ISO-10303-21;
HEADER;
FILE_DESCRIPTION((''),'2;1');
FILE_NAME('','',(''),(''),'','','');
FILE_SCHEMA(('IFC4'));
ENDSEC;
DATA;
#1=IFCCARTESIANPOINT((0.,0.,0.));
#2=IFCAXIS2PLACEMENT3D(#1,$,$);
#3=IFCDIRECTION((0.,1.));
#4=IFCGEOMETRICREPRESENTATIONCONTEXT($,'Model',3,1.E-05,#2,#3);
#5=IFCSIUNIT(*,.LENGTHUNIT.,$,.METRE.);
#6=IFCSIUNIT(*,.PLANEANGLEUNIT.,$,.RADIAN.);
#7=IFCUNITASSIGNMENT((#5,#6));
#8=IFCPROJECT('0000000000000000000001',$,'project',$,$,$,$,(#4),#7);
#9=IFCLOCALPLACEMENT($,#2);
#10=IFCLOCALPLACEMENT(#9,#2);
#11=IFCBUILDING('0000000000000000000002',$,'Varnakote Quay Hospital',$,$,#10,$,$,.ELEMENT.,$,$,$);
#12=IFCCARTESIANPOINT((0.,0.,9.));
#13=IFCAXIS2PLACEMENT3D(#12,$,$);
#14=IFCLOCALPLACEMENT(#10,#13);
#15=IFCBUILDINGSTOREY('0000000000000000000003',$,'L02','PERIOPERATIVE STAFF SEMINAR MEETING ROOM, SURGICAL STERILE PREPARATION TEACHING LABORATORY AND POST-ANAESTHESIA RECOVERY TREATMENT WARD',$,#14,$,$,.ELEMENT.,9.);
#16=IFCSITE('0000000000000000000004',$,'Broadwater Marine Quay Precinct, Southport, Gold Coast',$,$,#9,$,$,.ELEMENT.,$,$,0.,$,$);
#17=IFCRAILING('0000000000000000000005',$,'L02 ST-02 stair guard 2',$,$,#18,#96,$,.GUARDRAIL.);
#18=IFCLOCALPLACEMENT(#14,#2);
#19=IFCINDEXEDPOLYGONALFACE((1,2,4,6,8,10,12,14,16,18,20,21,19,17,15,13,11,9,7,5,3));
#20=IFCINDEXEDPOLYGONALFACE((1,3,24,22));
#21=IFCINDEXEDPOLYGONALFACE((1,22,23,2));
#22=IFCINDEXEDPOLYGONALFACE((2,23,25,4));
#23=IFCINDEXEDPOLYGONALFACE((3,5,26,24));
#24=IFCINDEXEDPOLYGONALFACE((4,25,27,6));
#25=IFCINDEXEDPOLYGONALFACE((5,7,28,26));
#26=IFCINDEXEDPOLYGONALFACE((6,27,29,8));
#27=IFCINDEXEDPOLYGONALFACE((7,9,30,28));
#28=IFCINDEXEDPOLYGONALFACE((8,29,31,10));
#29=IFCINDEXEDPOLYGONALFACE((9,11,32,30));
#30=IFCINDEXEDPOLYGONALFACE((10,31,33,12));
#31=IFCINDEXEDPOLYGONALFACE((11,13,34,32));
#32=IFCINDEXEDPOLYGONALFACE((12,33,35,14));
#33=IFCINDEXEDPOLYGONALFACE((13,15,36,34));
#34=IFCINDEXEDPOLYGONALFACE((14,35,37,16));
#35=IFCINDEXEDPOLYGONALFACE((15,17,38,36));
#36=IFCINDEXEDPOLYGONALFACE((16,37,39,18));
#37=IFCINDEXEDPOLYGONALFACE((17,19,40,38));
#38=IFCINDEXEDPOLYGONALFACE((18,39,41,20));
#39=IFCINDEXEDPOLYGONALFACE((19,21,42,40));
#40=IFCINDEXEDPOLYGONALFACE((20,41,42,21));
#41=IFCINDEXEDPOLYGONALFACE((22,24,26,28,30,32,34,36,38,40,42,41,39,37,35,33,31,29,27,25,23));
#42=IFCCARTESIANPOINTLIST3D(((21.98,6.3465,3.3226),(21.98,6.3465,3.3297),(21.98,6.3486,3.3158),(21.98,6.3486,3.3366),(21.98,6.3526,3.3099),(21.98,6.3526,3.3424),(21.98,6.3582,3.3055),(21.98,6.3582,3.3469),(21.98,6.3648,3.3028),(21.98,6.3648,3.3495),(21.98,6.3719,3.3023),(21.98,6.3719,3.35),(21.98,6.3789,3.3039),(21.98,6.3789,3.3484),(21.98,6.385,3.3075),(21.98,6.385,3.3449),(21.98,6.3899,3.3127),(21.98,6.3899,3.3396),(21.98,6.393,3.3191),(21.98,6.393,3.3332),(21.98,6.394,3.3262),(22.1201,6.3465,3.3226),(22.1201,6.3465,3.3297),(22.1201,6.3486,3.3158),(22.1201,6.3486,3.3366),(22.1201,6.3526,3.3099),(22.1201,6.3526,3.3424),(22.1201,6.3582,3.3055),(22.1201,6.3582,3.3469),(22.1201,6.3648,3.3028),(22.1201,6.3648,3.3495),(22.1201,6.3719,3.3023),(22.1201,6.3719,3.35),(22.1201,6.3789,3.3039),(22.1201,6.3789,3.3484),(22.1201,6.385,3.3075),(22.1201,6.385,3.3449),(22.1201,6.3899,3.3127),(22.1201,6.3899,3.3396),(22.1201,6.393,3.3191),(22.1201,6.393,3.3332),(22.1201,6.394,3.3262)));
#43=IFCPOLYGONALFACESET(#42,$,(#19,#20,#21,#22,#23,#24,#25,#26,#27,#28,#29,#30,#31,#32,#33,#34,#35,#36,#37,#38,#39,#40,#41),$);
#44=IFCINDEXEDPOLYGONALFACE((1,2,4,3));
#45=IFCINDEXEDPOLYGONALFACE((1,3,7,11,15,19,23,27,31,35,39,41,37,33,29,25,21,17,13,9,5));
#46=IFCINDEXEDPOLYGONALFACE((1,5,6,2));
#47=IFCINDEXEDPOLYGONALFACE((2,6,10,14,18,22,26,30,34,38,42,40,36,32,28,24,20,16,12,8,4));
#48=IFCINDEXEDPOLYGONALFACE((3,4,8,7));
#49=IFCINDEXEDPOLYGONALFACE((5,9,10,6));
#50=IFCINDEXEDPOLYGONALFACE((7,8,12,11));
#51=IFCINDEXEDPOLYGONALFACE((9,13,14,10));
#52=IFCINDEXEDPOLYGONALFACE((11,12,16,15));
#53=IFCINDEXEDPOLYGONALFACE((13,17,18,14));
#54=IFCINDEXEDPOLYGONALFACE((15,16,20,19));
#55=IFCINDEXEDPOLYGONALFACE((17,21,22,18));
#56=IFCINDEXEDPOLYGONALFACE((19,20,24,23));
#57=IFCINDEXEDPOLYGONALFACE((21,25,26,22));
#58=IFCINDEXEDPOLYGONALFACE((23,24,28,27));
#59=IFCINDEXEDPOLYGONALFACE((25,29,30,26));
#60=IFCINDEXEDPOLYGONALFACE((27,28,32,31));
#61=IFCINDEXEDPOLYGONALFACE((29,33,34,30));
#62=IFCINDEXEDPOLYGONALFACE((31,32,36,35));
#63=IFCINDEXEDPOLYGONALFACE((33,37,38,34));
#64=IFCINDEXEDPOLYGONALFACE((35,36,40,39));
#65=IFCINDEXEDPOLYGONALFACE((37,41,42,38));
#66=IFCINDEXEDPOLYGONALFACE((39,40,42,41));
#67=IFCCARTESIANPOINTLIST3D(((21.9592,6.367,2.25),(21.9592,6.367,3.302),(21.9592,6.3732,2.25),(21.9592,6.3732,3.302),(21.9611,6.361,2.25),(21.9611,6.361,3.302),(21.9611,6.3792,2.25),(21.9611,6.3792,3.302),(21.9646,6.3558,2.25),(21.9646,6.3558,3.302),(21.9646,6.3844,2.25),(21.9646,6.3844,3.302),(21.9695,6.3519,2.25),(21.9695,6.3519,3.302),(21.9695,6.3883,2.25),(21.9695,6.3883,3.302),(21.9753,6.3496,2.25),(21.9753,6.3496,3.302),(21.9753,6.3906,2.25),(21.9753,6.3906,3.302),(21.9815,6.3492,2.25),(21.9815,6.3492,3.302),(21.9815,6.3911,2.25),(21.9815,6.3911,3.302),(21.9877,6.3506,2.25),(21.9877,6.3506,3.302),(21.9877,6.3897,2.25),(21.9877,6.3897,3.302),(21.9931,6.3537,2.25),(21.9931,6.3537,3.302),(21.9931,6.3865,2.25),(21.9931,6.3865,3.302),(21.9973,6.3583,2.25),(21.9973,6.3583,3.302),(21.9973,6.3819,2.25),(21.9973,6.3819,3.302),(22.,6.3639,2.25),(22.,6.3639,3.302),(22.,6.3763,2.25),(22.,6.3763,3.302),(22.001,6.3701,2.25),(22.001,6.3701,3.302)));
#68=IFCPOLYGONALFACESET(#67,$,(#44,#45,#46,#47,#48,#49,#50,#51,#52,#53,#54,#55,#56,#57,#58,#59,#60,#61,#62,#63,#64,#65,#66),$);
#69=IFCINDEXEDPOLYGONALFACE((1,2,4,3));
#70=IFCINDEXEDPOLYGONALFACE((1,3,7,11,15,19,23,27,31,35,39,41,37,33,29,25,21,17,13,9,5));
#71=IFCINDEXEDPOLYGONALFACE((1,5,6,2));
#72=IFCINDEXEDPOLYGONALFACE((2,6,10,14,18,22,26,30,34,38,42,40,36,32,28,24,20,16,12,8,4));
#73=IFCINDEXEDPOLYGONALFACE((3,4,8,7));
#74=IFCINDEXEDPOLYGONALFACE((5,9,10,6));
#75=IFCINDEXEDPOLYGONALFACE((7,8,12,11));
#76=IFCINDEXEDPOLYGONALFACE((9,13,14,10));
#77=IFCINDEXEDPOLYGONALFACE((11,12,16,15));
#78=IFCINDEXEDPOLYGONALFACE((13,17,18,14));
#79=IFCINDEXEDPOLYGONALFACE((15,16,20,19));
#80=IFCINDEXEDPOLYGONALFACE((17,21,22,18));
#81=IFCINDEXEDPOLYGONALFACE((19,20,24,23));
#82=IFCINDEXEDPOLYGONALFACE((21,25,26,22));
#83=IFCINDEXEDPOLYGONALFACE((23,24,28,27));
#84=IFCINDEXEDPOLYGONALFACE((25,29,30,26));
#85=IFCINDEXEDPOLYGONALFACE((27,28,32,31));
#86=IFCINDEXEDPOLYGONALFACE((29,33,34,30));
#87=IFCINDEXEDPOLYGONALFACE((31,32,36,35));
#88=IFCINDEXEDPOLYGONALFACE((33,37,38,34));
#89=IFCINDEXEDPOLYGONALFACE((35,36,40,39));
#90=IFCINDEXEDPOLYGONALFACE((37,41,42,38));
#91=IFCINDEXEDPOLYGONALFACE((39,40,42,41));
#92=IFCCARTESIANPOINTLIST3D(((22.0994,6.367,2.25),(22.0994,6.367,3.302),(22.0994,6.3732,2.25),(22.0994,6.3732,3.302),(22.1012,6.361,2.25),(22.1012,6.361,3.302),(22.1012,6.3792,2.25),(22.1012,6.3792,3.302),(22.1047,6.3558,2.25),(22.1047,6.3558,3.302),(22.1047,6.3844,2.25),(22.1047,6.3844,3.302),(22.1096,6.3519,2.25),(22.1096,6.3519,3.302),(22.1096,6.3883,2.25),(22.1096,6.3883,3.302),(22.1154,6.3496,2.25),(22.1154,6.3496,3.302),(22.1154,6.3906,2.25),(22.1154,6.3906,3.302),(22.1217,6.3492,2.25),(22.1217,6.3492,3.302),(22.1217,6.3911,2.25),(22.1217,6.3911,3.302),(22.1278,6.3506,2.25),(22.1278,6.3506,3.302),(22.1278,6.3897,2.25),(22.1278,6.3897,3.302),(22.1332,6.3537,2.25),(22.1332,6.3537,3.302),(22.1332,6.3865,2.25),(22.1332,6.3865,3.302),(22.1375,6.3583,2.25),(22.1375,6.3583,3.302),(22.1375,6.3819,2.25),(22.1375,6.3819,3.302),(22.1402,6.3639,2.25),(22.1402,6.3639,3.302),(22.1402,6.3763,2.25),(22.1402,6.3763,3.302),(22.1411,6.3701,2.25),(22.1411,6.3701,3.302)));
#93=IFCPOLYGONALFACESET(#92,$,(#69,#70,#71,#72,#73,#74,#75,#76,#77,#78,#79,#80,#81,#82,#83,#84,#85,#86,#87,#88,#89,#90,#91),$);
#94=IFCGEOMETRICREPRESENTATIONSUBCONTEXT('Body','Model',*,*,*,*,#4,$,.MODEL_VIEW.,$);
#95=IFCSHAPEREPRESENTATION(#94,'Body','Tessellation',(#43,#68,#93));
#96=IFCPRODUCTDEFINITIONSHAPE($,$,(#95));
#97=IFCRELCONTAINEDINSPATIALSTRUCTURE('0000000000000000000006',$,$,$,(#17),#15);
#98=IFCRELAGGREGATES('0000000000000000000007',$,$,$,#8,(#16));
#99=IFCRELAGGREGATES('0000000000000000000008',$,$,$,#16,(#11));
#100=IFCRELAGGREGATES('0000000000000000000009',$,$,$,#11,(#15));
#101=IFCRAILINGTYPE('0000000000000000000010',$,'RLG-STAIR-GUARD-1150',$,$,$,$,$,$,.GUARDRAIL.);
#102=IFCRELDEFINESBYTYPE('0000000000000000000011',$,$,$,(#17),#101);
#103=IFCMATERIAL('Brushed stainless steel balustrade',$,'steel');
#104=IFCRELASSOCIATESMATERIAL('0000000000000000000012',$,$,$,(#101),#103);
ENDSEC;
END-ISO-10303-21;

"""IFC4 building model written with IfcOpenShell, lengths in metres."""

from ifc_helpers import new_model, si_unit, direction, frame, origin, origin_2d, place, context, subcontext, project, spatial, circle, extrude, material, type_object, element, save


model = new_model("IFC4")

# Units and contexts
model_context = context("Model", 3, precision=1e-05, world=origin(), true_north=direction((0.0, 1.0)))
body_context = subcontext(model_context, "Body", "Model", "MODEL_VIEW")
ifc_project = project(units=[si_unit("LENGTHUNIT", "METRE"), si_unit("PLANEANGLEUNIT", "RADIAN")], contexts=[model_context])

# Site, building, storey
site_placement = place(None, origin())
site = spatial("IfcSite", under=ifc_project, at=site_placement, Name="Broadwater Marine Quay Precinct, Southport, Gold Coast", CompositionType="ELEMENT", RefElevation=0.0)
building_placement = place(site_placement, origin())
building = spatial("IfcBuilding", under=site, at=building_placement, Name="Varnakote Quay Hospital", CompositionType="ELEMENT")
storey_placement = place(building_placement, frame((0.0, 0.0, 9.0)))
storey = spatial("IfcBuildingStorey", under=building, at=storey_placement, Name="L02", Description="PERIOPERATIVE STAFF SEMINAR MEETING ROOM, SURGICAL STERILE PREPARATION TEACHING LABORATORY AND POST-ANAESTHESIA RECOVERY TREATMENT WARD", CompositionType="ELEMENT", Elevation=9.0)

# Railing
ifc_material_1 = material(Name="Brushed stainless steel balustrade", Category="steel")
railing_type_1 = type_object("IfcRailingType", Name="RLG-STAIR-GUARD-1150", PredefinedType="GUARDRAIL", material=ifc_material_1)
railing_1_placement = place(storey_placement, frame((21.98, 6.3701, 2.25)))
element("IfcRailing", 1, at=railing_1_placement, inside=storey, type_object=railing_type_1, Name="L02 ST-02 stair guard 2", PredefinedType="GUARDRAIL", context=body_context, shape_type="SweptSolid", body=[
    extrude(circle(Radius=0.0239, at=origin_2d()), frame((0.0, 0.0, 1.0762), z_axis=(1.0, 0.0, 0.0), x_axis=(0.0, 1.0, 0.0)), (0.0, 0.0, 1.0), 0.1401),
    extrude(circle(Radius=0.021, at=origin_2d()), origin(), (0.0, 0.0, 1.0), 1.052),
    extrude(circle(Radius=0.021, at=origin_2d()), frame((0.1401, 0.0, 0.0)), (0.0, 0.0, 1.0), 1.052),
])

save(model, "model.ifc")
